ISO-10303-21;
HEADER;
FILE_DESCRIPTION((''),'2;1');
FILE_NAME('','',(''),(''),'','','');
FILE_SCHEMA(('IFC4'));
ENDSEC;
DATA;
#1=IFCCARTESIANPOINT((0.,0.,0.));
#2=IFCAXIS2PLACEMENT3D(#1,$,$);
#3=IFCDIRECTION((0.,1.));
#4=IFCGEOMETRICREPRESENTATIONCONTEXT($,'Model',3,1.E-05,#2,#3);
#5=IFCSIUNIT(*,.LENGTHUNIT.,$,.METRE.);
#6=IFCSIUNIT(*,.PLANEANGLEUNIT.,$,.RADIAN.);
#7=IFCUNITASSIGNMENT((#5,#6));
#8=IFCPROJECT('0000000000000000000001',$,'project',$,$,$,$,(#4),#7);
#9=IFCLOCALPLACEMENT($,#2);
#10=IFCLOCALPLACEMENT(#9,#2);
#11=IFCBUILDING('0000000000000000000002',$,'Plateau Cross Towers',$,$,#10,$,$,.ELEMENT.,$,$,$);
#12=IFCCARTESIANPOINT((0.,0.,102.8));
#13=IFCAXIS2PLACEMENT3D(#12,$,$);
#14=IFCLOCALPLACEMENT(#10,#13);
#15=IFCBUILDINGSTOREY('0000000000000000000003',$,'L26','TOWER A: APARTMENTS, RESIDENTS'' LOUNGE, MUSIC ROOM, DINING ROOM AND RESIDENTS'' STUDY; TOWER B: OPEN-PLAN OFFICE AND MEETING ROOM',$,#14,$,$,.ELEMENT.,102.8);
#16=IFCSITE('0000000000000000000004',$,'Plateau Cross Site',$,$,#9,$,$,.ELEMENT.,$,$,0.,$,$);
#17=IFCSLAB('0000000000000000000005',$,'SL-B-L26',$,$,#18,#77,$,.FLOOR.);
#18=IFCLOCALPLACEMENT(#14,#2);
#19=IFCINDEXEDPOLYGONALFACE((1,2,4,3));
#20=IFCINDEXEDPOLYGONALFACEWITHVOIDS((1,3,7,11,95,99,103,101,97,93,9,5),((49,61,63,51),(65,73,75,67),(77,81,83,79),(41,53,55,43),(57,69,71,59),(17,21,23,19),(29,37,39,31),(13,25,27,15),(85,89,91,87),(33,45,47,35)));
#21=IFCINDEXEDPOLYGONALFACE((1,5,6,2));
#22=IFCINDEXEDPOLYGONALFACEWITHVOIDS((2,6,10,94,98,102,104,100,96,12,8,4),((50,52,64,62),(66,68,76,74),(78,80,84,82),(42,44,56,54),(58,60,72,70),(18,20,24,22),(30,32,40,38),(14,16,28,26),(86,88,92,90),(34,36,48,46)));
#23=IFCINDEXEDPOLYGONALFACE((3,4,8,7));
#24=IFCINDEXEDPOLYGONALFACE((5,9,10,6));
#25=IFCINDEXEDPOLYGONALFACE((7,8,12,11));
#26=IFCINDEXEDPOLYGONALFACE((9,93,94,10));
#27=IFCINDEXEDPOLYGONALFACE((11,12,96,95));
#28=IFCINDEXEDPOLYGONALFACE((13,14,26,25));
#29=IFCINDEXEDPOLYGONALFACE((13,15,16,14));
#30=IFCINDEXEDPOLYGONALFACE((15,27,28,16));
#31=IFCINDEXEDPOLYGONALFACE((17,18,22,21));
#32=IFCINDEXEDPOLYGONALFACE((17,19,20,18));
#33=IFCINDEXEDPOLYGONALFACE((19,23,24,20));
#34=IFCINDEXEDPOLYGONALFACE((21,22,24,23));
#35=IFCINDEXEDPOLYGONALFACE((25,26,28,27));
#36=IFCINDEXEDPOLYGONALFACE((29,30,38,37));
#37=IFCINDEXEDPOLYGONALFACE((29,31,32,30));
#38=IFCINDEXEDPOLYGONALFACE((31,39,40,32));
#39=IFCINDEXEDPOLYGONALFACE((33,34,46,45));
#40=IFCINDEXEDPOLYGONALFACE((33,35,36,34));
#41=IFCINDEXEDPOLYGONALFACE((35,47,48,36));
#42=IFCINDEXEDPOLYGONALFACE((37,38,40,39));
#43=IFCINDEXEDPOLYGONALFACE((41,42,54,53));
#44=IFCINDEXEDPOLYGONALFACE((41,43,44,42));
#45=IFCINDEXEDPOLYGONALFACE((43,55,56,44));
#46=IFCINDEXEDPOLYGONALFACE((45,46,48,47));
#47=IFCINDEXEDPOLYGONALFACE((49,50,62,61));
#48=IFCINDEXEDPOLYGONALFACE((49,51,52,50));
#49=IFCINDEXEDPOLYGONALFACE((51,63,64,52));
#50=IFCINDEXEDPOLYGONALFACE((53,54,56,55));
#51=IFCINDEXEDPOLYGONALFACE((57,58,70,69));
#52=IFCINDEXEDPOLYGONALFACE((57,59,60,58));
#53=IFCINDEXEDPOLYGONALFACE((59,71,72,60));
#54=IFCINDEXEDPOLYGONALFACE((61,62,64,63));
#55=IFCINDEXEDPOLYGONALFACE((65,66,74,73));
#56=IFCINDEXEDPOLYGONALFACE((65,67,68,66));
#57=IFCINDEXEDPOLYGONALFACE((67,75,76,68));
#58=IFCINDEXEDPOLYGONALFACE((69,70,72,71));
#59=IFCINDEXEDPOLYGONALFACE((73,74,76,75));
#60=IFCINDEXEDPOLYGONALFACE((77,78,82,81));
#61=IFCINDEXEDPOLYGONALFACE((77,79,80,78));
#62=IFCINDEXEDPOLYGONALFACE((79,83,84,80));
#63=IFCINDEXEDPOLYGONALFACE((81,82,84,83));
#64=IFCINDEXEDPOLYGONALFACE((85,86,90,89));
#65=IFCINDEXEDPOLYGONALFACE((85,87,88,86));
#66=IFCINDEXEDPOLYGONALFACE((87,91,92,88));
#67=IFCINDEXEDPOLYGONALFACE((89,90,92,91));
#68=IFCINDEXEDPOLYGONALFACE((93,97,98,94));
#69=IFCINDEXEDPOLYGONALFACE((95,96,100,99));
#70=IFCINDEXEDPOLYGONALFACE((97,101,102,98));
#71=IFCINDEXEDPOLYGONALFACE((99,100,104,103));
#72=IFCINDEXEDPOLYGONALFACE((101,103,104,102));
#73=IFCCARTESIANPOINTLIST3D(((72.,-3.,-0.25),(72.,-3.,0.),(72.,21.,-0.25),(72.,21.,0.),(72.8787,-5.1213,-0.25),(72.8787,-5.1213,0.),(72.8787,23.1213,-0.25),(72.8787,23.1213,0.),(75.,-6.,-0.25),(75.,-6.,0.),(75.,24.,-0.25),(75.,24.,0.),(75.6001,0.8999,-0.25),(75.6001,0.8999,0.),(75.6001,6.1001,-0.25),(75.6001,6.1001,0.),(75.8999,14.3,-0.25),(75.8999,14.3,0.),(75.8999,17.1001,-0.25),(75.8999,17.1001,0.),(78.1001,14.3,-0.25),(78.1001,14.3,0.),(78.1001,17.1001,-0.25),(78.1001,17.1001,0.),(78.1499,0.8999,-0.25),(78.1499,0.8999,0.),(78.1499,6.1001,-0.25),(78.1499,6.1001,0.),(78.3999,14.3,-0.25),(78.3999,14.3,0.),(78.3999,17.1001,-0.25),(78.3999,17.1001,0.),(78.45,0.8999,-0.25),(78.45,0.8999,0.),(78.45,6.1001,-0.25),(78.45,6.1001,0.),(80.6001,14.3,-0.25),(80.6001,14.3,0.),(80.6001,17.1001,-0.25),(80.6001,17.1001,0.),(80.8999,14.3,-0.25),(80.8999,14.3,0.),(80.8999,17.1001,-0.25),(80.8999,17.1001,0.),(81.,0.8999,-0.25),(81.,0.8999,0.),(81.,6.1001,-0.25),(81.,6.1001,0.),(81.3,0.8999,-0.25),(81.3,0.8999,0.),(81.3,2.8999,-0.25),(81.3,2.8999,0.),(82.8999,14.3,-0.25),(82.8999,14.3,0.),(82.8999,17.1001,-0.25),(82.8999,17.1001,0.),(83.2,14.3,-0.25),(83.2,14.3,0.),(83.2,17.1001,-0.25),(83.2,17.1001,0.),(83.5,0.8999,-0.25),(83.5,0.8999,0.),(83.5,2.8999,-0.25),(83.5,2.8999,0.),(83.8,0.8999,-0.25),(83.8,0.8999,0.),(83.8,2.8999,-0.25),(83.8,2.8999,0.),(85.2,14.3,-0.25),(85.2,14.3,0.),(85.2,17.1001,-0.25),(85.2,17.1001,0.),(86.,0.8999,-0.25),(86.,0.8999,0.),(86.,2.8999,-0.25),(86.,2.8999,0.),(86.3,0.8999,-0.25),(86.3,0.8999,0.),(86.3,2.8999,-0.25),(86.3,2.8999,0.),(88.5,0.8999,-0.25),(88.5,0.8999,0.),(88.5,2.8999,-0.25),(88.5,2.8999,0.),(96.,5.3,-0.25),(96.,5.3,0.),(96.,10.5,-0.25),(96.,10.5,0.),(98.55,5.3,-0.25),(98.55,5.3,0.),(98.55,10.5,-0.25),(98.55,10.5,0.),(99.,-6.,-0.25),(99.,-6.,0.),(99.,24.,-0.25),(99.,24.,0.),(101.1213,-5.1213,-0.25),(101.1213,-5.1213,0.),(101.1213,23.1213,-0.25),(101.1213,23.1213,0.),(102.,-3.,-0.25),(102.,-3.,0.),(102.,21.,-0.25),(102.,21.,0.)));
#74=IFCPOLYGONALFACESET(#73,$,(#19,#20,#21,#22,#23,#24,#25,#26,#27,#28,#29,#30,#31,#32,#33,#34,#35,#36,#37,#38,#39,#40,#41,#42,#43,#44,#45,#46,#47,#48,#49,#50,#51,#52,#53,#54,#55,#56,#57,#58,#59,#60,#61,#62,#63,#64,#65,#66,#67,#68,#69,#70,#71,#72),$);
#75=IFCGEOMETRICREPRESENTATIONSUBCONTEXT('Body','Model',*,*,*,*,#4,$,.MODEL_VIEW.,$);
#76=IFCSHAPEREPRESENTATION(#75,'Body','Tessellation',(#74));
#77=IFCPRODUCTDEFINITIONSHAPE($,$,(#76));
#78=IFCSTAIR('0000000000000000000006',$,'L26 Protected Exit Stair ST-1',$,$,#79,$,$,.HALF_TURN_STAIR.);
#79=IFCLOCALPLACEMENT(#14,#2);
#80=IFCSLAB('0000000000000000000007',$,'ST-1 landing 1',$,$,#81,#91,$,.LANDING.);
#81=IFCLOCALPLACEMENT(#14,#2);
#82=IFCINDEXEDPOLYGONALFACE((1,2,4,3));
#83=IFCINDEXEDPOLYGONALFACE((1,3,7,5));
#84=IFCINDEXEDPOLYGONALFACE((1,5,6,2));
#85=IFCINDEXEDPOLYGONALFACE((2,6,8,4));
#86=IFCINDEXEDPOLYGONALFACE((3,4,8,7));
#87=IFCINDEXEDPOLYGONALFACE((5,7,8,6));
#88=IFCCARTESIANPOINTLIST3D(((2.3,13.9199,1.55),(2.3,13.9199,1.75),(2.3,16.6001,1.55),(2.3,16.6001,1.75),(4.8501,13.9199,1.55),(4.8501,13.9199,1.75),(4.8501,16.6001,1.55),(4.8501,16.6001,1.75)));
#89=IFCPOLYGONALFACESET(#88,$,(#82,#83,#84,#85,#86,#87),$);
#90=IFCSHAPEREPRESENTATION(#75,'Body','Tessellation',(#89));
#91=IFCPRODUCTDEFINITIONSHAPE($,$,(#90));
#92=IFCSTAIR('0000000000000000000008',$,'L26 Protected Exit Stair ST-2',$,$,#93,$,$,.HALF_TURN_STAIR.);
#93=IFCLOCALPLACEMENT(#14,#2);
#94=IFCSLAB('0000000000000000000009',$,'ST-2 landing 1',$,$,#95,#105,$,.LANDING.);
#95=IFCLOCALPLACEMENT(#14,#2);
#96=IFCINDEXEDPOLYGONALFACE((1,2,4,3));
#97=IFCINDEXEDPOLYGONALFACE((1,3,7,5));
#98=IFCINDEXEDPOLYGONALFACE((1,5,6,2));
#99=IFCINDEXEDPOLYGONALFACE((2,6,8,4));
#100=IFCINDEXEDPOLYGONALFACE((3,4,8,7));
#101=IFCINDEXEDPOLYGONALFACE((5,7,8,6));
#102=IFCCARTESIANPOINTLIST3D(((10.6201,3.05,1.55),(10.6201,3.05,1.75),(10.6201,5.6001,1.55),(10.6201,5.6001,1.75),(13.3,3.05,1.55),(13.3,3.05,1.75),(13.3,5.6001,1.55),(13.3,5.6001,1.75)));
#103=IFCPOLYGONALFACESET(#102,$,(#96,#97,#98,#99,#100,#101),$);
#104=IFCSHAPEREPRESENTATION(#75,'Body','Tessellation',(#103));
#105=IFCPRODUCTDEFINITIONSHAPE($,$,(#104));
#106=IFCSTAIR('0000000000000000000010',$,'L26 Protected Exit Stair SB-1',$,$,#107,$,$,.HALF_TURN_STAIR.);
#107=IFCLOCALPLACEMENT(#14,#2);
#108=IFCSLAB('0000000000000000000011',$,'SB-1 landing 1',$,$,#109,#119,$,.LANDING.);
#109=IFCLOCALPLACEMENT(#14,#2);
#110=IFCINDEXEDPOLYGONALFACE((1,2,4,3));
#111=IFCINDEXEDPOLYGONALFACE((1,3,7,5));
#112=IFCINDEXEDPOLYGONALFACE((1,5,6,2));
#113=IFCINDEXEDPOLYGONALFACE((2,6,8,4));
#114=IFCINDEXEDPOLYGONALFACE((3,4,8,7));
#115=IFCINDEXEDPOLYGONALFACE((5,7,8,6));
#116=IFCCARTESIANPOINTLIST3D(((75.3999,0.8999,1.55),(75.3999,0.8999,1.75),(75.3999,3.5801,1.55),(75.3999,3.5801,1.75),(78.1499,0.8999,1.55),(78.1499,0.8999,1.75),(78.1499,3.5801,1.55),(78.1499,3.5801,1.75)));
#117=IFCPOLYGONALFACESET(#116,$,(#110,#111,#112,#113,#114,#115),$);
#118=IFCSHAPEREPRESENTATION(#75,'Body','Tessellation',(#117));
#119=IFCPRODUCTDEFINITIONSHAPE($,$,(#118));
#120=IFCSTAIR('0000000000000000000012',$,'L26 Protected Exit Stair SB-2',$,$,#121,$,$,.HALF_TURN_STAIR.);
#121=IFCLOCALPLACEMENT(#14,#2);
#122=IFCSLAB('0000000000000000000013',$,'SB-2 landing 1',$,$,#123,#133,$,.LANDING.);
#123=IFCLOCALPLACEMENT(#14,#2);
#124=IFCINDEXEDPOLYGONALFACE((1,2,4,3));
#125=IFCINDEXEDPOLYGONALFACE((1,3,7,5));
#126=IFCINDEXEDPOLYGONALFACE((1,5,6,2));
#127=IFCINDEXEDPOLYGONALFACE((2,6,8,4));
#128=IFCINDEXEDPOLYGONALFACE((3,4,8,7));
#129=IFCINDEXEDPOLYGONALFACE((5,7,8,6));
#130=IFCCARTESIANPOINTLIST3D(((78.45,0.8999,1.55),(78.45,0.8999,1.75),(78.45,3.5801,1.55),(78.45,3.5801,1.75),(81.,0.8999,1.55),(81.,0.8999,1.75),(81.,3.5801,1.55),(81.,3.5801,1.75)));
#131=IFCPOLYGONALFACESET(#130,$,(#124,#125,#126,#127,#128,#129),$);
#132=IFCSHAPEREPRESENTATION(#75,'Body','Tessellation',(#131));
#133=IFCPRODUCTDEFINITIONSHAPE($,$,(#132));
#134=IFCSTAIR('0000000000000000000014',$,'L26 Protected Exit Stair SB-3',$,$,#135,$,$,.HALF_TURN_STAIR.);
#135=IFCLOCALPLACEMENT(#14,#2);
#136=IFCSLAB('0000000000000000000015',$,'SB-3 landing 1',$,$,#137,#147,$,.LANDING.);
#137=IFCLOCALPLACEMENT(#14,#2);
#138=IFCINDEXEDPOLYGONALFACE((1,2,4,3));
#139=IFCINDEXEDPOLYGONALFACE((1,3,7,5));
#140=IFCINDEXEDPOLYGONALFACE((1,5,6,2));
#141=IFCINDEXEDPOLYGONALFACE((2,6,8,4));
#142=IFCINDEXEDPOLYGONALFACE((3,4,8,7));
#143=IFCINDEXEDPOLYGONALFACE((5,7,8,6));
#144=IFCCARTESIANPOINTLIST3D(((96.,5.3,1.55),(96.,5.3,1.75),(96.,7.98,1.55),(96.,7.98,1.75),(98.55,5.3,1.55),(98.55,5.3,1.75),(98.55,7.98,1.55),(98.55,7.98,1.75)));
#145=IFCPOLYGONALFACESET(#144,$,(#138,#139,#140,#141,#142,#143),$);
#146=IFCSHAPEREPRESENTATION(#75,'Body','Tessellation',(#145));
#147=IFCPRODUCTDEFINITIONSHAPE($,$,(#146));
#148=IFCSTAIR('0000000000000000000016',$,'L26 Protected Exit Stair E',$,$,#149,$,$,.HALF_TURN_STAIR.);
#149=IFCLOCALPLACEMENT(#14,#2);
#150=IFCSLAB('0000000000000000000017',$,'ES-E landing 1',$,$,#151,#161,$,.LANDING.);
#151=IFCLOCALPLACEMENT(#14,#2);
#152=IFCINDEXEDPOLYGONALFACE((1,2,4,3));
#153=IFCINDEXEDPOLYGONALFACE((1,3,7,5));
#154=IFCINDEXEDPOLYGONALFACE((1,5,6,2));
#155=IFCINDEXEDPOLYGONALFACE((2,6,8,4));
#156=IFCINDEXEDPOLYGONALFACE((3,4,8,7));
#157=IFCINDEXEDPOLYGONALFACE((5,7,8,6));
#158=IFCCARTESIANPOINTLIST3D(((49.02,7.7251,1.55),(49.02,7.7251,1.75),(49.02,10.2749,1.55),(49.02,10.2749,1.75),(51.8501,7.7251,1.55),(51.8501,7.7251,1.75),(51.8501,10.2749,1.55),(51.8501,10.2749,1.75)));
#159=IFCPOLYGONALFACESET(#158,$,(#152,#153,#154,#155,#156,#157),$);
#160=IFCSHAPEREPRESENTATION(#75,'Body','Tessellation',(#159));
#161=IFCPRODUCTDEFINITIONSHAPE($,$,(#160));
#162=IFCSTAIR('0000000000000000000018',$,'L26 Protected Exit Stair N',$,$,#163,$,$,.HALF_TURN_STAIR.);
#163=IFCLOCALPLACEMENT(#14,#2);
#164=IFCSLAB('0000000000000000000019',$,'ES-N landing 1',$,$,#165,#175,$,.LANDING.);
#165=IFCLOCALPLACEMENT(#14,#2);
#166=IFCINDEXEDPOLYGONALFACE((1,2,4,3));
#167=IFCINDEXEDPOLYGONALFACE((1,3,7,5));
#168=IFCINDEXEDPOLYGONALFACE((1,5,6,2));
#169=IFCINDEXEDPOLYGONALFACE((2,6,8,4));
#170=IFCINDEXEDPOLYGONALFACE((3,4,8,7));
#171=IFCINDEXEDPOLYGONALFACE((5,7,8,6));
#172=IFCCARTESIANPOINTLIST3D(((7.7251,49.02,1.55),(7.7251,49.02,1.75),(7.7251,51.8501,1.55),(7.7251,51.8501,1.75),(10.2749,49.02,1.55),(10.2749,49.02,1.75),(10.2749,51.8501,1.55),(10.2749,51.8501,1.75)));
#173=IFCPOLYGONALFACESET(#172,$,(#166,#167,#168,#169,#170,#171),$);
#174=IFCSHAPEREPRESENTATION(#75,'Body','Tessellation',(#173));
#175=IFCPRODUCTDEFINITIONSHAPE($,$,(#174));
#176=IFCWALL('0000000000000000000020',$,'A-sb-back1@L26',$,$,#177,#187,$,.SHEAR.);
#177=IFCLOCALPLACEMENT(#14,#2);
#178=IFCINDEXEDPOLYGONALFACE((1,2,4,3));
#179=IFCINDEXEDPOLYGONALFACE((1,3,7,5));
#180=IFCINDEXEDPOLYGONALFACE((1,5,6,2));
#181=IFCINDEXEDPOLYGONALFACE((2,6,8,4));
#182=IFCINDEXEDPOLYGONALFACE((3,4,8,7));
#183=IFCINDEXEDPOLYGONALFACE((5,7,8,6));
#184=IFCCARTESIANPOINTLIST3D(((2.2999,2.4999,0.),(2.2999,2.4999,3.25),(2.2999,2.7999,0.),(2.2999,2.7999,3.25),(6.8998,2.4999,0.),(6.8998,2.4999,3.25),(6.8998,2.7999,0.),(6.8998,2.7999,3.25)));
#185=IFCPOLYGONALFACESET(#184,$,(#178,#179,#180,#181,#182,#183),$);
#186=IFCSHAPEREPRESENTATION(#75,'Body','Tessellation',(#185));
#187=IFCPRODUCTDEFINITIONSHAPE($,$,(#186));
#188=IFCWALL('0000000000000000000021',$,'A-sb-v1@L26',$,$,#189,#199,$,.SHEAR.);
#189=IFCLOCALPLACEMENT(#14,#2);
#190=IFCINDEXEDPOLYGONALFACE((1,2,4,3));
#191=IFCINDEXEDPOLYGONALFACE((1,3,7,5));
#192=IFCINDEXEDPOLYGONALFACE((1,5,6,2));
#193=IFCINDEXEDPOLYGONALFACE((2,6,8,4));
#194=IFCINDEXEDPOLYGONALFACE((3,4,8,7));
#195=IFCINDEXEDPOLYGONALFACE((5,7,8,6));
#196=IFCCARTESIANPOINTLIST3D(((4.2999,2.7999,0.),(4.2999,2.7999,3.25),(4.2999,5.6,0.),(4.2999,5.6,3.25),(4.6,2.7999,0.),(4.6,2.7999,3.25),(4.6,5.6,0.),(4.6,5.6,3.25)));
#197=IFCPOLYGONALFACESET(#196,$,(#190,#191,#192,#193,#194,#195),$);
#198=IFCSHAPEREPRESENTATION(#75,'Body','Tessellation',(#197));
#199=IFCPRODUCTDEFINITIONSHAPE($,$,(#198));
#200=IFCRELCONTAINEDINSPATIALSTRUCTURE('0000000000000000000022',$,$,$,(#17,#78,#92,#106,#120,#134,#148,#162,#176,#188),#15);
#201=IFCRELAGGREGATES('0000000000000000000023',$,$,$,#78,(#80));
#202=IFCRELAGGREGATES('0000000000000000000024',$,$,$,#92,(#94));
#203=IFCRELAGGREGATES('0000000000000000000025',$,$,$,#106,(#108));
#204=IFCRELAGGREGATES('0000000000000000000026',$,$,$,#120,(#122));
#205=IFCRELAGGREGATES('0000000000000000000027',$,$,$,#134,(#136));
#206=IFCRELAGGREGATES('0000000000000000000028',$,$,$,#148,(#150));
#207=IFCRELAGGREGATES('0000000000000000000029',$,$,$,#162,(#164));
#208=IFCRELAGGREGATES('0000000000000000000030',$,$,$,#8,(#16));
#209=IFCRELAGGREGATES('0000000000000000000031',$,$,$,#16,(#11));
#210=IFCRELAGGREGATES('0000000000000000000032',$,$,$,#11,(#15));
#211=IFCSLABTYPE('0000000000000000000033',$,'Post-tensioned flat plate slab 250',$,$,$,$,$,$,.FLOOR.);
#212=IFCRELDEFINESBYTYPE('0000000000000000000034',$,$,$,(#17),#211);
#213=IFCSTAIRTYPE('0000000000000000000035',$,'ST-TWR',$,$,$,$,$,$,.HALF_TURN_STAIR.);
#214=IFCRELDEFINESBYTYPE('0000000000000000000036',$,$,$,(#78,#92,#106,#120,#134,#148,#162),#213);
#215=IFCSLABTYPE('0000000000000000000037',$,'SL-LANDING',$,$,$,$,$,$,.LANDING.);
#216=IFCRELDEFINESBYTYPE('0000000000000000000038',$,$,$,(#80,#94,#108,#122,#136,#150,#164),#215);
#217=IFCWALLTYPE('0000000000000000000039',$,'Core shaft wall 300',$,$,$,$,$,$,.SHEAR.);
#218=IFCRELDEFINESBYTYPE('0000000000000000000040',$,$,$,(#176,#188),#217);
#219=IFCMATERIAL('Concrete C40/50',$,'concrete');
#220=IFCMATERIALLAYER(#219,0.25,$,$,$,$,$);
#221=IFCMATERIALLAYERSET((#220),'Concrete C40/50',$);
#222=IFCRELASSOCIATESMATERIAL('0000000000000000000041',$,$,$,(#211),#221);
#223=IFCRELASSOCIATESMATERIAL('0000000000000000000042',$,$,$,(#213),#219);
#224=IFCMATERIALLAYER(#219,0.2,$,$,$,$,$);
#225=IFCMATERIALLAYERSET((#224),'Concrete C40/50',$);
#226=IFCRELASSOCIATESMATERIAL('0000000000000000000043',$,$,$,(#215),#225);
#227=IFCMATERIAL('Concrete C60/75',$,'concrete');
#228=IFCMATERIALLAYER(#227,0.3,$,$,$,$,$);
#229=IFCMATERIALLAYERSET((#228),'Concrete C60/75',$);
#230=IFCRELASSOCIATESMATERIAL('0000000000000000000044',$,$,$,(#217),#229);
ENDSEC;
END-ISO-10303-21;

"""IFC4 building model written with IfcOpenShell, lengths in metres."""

from ifc_helpers import new_model, si_unit, direction, frame, frame_2d, origin, place, context, subcontext, project, spatial, polyline, rectangle, outline, extrude, material, layer, layer_set, type_object, element, aggregate, save


model = new_model("IFC4")

# Units and contexts
model_context = context("Model", 3, precision=1e-05, world=origin(), true_north=direction((0.0, 1.0)))
body_context = subcontext(model_context, "Body", "Model", "MODEL_VIEW")
ifc_project = project(units=[si_unit("LENGTHUNIT", "METRE"), si_unit("PLANEANGLEUNIT", "RADIAN")], contexts=[model_context])

# Site, building, storey
site_placement = place(None, origin())
site = spatial("IfcSite", under=ifc_project, at=site_placement, Name="Plateau Cross Site", CompositionType="ELEMENT", RefElevation=0.0)
building_placement = place(site_placement, origin())
building = spatial("IfcBuilding", under=site, at=building_placement, Name="Plateau Cross Towers", CompositionType="ELEMENT")
storey_placement = place(building_placement, frame((0.0, 0.0, 102.8)))
storey = spatial("IfcBuildingStorey", under=building, at=storey_placement, Name="L26", Description="TOWER A: APARTMENTS, RESIDENTS' LOUNGE, MUSIC ROOM, DINING ROOM AND RESIDENTS' STUDY; TOWER B: OPEN-PLAN OFFICE AND MEETING ROOM", CompositionType="ELEMENT", Elevation=102.8)

# Shared definitions
ifc_material_1 = material(Name="Concrete C60/75", Category="concrete")

# Shared definitions
ifc_material_2 = material(Name="Concrete C40/50", Category="concrete")

# Slab
ifc_layer_1 = layer(ifc_material_2, 0.25)
ifc_layer_set_1 = layer_set([ifc_layer_1], Name="Concrete C40/50")
slab_type_1 = type_object("IfcSlabType", Name="Post-tensioned flat plate slab 250", PredefinedType="FLOOR", material=ifc_layer_set_1)
slab_1_placement = place(storey_placement, frame((0.0, 0.0, -0.25)))
element("IfcSlab", 1, at=slab_1_placement, inside=storey, type_object=slab_type_1, Name="SL-B-L26", PredefinedType="FLOOR", context=body_context, shape_type="SweptSolid", body=[
    extrude(outline(polyline([(72.8787, -5.1213), (72.0, -3.0), (72.0, 21.0), (72.8787, 23.1213), (75.0, 24.0), (99.0, 24.0), (101.1213, 23.1213), (102.0, 21.0), (102.0, -3.0), (101.1213, -5.1213), (99.0, -6.0), (75.0, -6.0), (72.8787, -5.1213)]), holes=[polyline([(75.6001, 0.8999), (78.1499, 0.8999), (78.1499, 6.1001), (75.6001, 6.1001), (75.6001, 0.8999)]), polyline([(78.1001, 14.3), (78.1001, 17.1001), (75.8999, 17.1001), (75.8999, 14.3), (78.1001, 14.3)]), polyline([(83.5, 0.8999), (83.5, 2.8999), (81.3, 2.8999), (81.3, 0.8999), (83.5, 0.8999)]), polyline([(86.0, 0.8999), (86.0, 2.8999), (83.8, 2.8999), (83.8, 0.8999), (86.0, 0.8999)]), polyline([(88.5, 0.8999), (88.5, 2.8999), (86.3, 2.8999), (86.3, 0.8999), (88.5, 0.8999)]), polyline([(78.45, 0.8999), (81.0, 0.8999), (81.0, 6.1001), (78.45, 6.1001), (78.45, 0.8999)]), polyline([(96.0, 5.3), (98.55, 5.3), (98.55, 10.5), (96.0, 10.5), (96.0, 5.3)]), polyline([(80.6001, 14.3), (80.6001, 17.1001), (78.3999, 17.1001), (78.3999, 14.3), (80.6001, 14.3)]), polyline([(80.8999, 14.3), (82.8999, 14.3), (82.8999, 17.1001), (80.8999, 17.1001), (80.8999, 14.3)]), polyline([(83.2, 14.3), (85.2, 14.3), (85.2, 17.1001), (83.2, 17.1001), (83.2, 14.3)])]), origin(), (0.0, 0.0, 1.0), 0.25),
])

# Stairs, slabs
stair_type = type_object("IfcStairType", Name="ST-TWR", PredefinedType="HALF_TURN_STAIR", material=ifc_material_2)
stair_1_placement = place(storey_placement, origin())
stair_1 = element("IfcStair", 2, at=stair_1_placement, inside=storey, type_object=stair_type, Name="L26 Protected Exit Stair ST-1", PredefinedType="HALF_TURN_STAIR")
ifc_layer_2 = layer(ifc_material_2, 0.2)
ifc_layer_set_2 = layer_set([ifc_layer_2], Name="Concrete C40/50")
slab_type_2 = type_object("IfcSlabType", Name="SL-LANDING", PredefinedType="LANDING", material=ifc_layer_set_2)
slab_2_placement = place(storey_placement, frame((0.0, 0.0, 1.55)))
slab_2 = element("IfcSlab", 3, at=slab_2_placement, type_object=slab_type_2, Name="ST-1 landing 1", PredefinedType="LANDING", context=body_context, shape_type="SweptSolid", body=[
    extrude(outline(polyline([(4.8501, 13.9199), (4.8501, 16.6001), (2.3, 16.6001), (2.3, 13.9199), (4.8501, 13.9199)])), origin(), (0.0, 0.0, 1.0), 0.2),
])
aggregate(stair_1, [slab_2])
stair_2_placement = place(storey_placement, origin())
stair_2 = element("IfcStair", 4, at=stair_2_placement, inside=storey, type_object=stair_type, Name="L26 Protected Exit Stair ST-2", PredefinedType="HALF_TURN_STAIR")
slab_3_placement = place(storey_placement, frame((0.0, 0.0, 1.55)))
slab_3 = element("IfcSlab", 5, at=slab_3_placement, type_object=slab_type_2, Name="ST-2 landing 1", PredefinedType="LANDING", context=body_context, shape_type="SweptSolid", body=[
    extrude(outline(polyline([(10.6201, 3.05), (13.3, 3.05), (13.3, 5.6001), (10.6201, 5.6001), (10.6201, 3.05)])), origin(), (0.0, 0.0, 1.0), 0.2),
])
aggregate(stair_2, [slab_3])
stair_3_placement = place(storey_placement, origin())
stair_3 = element("IfcStair", 6, at=stair_3_placement, inside=storey, type_object=stair_type, Name="L26 Protected Exit Stair SB-1", PredefinedType="HALF_TURN_STAIR")
slab_4_placement = place(storey_placement, frame((0.0, 0.0, 1.55)))
slab_4 = element("IfcSlab", 7, at=slab_4_placement, type_object=slab_type_2, Name="SB-1 landing 1", PredefinedType="LANDING", context=body_context, shape_type="SweptSolid", body=[
    extrude(outline(polyline([(75.3999, 3.5801), (75.3999, 0.8999), (78.1499, 0.8999), (78.1499, 3.5801), (75.3999, 3.5801)])), origin(), (0.0, 0.0, 1.0), 0.2),
])
aggregate(stair_3, [slab_4])
stair_4_placement = place(storey_placement, origin())
stair_4 = element("IfcStair", 8, at=stair_4_placement, inside=storey, type_object=stair_type, Name="L26 Protected Exit Stair SB-2", PredefinedType="HALF_TURN_STAIR")
slab_5_placement = place(storey_placement, frame((0.0, 0.0, 1.55)))
slab_5 = element("IfcSlab", 9, at=slab_5_placement, type_object=slab_type_2, Name="SB-2 landing 1", PredefinedType="LANDING", context=body_context, shape_type="SweptSolid", body=[
    extrude(outline(polyline([(78.45, 3.5801), (78.45, 0.8999), (81.0, 0.8999), (81.0, 3.5801), (78.45, 3.5801)])), origin(), (0.0, 0.0, 1.0), 0.2),
])
aggregate(stair_4, [slab_5])
stair_5_placement = place(storey_placement, origin())
stair_5 = element("IfcStair", 10, at=stair_5_placement, inside=storey, type_object=stair_type, Name="L26 Protected Exit Stair SB-3", PredefinedType="HALF_TURN_STAIR")
slab_6_placement = place(storey_placement, frame((0.0, 0.0, 1.55)))
slab_6 = element("IfcSlab", 11, at=slab_6_placement, type_object=slab_type_2, Name="SB-3 landing 1", PredefinedType="LANDING", context=body_context, shape_type="SweptSolid", body=[
    extrude(outline(polyline([(96.0, 7.98), (96.0, 5.3), (98.55, 5.3), (98.55, 7.98), (96.0, 7.98)])), origin(), (0.0, 0.0, 1.0), 0.2),
])
aggregate(stair_5, [slab_6])
stair_6_placement = place(storey_placement, origin())
stair_6 = element("IfcStair", 12, at=stair_6_placement, inside=storey, type_object=stair_type, Name="L26 Protected Exit Stair E", PredefinedType="HALF_TURN_STAIR")
slab_7_placement = place(storey_placement, frame((0.0, 0.0, 1.55)))
slab_7 = element("IfcSlab", 13, at=slab_7_placement, type_object=slab_type_2, Name="ES-E landing 1", PredefinedType="LANDING", context=body_context, shape_type="SweptSolid", body=[
    extrude(outline(polyline([(49.02, 7.7251), (51.8501, 7.7251), (51.8501, 10.2749), (49.02, 10.2749), (49.02, 7.7251)])), origin(), (0.0, 0.0, 1.0), 0.2),
])
aggregate(stair_6, [slab_7])
stair_7_placement = place(storey_placement, origin())
stair_7 = element("IfcStair", 14, at=stair_7_placement, inside=storey, type_object=stair_type, Name="L26 Protected Exit Stair N", PredefinedType="HALF_TURN_STAIR")
slab_8_placement = place(storey_placement, frame((0.0, 0.0, 1.55)))
slab_8 = element("IfcSlab", 15, at=slab_8_placement, type_object=slab_type_2, Name="ES-N landing 1", PredefinedType="LANDING", context=body_context, shape_type="SweptSolid", body=[
    extrude(outline(polyline([(10.2749, 49.02), (10.2749, 51.8501), (7.7251, 51.8501), (7.7251, 49.02), (10.2749, 49.02)])), origin(), (0.0, 0.0, 1.0), 0.2),
])
aggregate(stair_7, [slab_8])

# Walls
ifc_layer_3 = layer(ifc_material_1, 0.3)
ifc_layer_set_3 = layer_set([ifc_layer_3], Name="Concrete C60/75")
wall_type_1 = type_object("IfcWallType", Name="Core shaft wall 300", PredefinedType="SHEAR", material=ifc_layer_set_3)
wall_1_placement = place(storey_placement, frame((2.3, 2.6499, 0.0), z_axis=(0.0, 0.0, 1.0), x_axis=(1.0, 0.0, 0.0)))
element("IfcWall", 16, at=wall_1_placement, inside=storey, type_object=wall_type_1, Name="A-sb-back1@L26", PredefinedType="SHEAR", context=body_context, shape_type="SweptSolid", body=[
    extrude(rectangle(XDim=4.5999, YDim=0.3, at=frame_2d((2.2998, 0.0))), origin(), (0.0, 0.0, 1.0), 3.25),
])
wall_2_placement = place(storey_placement, frame((4.45, 2.8, 0.0), z_axis=(0.0, 0.0, 1.0), x_axis=(0.0, 1.0, 0.0)))
element("IfcWall", 17, at=wall_2_placement, inside=storey, type_object=wall_type_1, Name="A-sb-v1@L26", PredefinedType="SHEAR", context=body_context, shape_type="SweptSolid", body=[
    extrude(rectangle(XDim=2.8, YDim=0.3, at=frame_2d((1.3999, 0.0))), origin(), (0.0, 0.0, 1.0), 3.25),
])

save(model, "model.ifc")
